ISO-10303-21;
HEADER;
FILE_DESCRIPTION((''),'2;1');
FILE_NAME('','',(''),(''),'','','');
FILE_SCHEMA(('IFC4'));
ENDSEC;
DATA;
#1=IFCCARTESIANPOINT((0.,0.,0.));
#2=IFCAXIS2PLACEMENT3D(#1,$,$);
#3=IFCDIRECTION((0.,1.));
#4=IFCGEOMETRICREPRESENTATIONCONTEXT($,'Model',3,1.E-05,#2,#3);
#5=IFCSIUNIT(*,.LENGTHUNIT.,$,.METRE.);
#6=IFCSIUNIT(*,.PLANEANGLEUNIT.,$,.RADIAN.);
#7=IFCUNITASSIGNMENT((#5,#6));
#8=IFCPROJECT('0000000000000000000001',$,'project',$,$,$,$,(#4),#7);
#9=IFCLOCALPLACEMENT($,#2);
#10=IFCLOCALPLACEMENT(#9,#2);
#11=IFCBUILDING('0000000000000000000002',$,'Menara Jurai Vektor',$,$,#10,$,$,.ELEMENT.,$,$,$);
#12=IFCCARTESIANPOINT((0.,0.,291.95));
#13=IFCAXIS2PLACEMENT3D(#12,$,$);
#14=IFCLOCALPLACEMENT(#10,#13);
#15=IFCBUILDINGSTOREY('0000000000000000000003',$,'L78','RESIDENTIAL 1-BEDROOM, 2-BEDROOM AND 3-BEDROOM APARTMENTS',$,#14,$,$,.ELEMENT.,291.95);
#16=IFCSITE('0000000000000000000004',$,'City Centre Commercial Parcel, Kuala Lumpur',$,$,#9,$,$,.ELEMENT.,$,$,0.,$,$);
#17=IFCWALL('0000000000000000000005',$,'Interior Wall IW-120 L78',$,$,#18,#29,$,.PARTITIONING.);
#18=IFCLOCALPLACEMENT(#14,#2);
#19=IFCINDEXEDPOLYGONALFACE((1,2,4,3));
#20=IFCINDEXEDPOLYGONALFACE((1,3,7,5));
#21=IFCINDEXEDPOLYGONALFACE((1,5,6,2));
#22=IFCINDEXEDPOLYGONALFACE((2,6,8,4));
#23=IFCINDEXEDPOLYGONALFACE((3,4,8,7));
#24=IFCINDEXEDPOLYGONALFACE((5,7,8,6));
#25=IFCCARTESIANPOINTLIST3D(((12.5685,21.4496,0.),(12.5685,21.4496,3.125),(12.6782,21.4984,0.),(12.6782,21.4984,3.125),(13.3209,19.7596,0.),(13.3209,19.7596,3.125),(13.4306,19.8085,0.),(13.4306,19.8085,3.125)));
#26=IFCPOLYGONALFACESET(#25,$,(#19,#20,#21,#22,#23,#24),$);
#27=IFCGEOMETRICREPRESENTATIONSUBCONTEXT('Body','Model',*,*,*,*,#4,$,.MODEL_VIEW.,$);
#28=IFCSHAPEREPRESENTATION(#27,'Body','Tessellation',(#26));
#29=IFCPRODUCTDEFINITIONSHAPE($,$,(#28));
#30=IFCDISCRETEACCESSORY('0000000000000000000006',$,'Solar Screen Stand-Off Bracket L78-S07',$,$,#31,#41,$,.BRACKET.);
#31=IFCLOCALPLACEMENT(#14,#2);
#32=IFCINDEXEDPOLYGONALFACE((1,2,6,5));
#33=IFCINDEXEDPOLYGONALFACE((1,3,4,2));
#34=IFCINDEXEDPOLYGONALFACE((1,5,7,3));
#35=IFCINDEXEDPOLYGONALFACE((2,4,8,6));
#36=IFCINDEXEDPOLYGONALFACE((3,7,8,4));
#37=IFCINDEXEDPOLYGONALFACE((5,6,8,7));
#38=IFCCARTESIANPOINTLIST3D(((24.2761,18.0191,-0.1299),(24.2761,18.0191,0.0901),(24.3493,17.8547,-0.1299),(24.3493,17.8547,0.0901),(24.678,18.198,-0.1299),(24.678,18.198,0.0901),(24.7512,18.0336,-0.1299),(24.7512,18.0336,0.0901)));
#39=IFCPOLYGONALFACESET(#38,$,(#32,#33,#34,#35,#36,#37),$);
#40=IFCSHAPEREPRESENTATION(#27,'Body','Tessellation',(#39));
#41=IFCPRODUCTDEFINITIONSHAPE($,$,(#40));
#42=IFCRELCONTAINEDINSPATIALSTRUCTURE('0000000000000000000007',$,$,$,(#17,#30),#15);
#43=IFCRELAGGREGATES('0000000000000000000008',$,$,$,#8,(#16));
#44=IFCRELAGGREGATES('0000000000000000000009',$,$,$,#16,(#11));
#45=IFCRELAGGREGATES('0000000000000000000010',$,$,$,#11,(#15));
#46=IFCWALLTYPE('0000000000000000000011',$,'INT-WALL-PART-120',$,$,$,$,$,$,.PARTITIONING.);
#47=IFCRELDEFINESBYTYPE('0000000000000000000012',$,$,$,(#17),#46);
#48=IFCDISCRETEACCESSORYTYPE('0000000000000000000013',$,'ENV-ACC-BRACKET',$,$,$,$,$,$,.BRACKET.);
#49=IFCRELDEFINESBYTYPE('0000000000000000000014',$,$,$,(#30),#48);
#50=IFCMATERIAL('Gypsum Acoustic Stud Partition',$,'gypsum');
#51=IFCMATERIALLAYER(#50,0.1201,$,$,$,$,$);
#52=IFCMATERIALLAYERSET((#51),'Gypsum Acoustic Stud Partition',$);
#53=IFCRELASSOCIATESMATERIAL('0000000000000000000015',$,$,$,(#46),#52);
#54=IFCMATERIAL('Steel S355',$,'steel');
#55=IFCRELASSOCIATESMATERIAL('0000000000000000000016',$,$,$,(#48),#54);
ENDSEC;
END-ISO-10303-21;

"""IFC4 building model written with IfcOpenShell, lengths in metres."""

from ifc_helpers import new_model, si_unit, direction, frame, frame_2d, origin, origin_2d, place, context, subcontext, project, spatial, rectangle, extrude, material, layer, layer_set, type_object, element, save


model = new_model("IFC4")

# Units and contexts
model_context = context("Model", 3, precision=1e-05, world=origin(), true_north=direction((0.0, 1.0)))
body_context = subcontext(model_context, "Body", "Model", "MODEL_VIEW")
ifc_project = project(units=[si_unit("LENGTHUNIT", "METRE"), si_unit("PLANEANGLEUNIT", "RADIAN")], contexts=[model_context])

# Site, building, storey
site_placement = place(None, origin())
site = spatial("IfcSite", under=ifc_project, at=site_placement, Name="City Centre Commercial Parcel, Kuala Lumpur", CompositionType="ELEMENT", RefElevation=0.0)
building_placement = place(site_placement, origin())
building = spatial("IfcBuilding", under=site, at=building_placement, Name="Menara Jurai Vektor", CompositionType="ELEMENT")
storey_placement = place(building_placement, frame((0.0, 0.0, 291.95)))
storey = spatial("IfcBuildingStorey", under=building, at=storey_placement, Name="L78", Description="RESIDENTIAL 1-BEDROOM, 2-BEDROOM AND 3-BEDROOM APARTMENTS", CompositionType="ELEMENT", Elevation=291.95)

# Shared definitions
ifc_material_1 = material(Name="Steel S355", Category="steel")

# Wall
ifc_material_2 = material(Name="Gypsum Acoustic Stud Partition", Category="gypsum")
ifc_layer_1 = layer(ifc_material_2, 0.1201)
ifc_layer_set_1 = layer_set([ifc_layer_1], Name="Gypsum Acoustic Stud Partition")
wall_type_1 = type_object("IfcWallType", Name="INT-WALL-PART-120", PredefinedType="PARTITIONING", material=ifc_layer_set_1)
wall_1_placement = place(storey_placement, frame((13.3757, 19.7842, 0.0), z_axis=(0.0, 0.0, 1.0), x_axis=(-0.406751, 0.913539, 0.0)))
element("IfcWall", 1, at=wall_1_placement, inside=storey, type_object=wall_type_1, Name="Interior Wall IW-120 L78", PredefinedType="PARTITIONING", context=body_context, shape_type="SweptSolid", body=[
    extrude(rectangle(XDim=1.8499, YDim=0.1201, at=frame_2d((0.9248, 0.0))), origin(), (0.0, 0.0, 1.0), 3.125),
])

# Discrete accessory
discrete_accessory_type = type_object("IfcDiscreteAccessoryType", Name="ENV-ACC-BRACKET", PredefinedType="BRACKET", material=ifc_material_1)
discrete_accessory_placement = place(storey_placement, frame((24.5137, 18.0264, -0.1299), z_axis=(0.0, 0.0, 1.0), x_axis=(-0.406737, 0.913545, 0.0)))
element("IfcDiscreteAccessory", 2, at=discrete_accessory_placement, inside=storey, type_object=discrete_accessory_type, Name="Solar Screen Stand-Off Bracket L78-S07", PredefinedType="BRACKET", context=body_context, shape_type="SweptSolid", body=[
    extrude(rectangle(XDim=0.1799, YDim=0.4399, at=origin_2d()), origin(), (0.0, 0.0, 1.0), 0.22),
])

save(model, "model.ifc")
